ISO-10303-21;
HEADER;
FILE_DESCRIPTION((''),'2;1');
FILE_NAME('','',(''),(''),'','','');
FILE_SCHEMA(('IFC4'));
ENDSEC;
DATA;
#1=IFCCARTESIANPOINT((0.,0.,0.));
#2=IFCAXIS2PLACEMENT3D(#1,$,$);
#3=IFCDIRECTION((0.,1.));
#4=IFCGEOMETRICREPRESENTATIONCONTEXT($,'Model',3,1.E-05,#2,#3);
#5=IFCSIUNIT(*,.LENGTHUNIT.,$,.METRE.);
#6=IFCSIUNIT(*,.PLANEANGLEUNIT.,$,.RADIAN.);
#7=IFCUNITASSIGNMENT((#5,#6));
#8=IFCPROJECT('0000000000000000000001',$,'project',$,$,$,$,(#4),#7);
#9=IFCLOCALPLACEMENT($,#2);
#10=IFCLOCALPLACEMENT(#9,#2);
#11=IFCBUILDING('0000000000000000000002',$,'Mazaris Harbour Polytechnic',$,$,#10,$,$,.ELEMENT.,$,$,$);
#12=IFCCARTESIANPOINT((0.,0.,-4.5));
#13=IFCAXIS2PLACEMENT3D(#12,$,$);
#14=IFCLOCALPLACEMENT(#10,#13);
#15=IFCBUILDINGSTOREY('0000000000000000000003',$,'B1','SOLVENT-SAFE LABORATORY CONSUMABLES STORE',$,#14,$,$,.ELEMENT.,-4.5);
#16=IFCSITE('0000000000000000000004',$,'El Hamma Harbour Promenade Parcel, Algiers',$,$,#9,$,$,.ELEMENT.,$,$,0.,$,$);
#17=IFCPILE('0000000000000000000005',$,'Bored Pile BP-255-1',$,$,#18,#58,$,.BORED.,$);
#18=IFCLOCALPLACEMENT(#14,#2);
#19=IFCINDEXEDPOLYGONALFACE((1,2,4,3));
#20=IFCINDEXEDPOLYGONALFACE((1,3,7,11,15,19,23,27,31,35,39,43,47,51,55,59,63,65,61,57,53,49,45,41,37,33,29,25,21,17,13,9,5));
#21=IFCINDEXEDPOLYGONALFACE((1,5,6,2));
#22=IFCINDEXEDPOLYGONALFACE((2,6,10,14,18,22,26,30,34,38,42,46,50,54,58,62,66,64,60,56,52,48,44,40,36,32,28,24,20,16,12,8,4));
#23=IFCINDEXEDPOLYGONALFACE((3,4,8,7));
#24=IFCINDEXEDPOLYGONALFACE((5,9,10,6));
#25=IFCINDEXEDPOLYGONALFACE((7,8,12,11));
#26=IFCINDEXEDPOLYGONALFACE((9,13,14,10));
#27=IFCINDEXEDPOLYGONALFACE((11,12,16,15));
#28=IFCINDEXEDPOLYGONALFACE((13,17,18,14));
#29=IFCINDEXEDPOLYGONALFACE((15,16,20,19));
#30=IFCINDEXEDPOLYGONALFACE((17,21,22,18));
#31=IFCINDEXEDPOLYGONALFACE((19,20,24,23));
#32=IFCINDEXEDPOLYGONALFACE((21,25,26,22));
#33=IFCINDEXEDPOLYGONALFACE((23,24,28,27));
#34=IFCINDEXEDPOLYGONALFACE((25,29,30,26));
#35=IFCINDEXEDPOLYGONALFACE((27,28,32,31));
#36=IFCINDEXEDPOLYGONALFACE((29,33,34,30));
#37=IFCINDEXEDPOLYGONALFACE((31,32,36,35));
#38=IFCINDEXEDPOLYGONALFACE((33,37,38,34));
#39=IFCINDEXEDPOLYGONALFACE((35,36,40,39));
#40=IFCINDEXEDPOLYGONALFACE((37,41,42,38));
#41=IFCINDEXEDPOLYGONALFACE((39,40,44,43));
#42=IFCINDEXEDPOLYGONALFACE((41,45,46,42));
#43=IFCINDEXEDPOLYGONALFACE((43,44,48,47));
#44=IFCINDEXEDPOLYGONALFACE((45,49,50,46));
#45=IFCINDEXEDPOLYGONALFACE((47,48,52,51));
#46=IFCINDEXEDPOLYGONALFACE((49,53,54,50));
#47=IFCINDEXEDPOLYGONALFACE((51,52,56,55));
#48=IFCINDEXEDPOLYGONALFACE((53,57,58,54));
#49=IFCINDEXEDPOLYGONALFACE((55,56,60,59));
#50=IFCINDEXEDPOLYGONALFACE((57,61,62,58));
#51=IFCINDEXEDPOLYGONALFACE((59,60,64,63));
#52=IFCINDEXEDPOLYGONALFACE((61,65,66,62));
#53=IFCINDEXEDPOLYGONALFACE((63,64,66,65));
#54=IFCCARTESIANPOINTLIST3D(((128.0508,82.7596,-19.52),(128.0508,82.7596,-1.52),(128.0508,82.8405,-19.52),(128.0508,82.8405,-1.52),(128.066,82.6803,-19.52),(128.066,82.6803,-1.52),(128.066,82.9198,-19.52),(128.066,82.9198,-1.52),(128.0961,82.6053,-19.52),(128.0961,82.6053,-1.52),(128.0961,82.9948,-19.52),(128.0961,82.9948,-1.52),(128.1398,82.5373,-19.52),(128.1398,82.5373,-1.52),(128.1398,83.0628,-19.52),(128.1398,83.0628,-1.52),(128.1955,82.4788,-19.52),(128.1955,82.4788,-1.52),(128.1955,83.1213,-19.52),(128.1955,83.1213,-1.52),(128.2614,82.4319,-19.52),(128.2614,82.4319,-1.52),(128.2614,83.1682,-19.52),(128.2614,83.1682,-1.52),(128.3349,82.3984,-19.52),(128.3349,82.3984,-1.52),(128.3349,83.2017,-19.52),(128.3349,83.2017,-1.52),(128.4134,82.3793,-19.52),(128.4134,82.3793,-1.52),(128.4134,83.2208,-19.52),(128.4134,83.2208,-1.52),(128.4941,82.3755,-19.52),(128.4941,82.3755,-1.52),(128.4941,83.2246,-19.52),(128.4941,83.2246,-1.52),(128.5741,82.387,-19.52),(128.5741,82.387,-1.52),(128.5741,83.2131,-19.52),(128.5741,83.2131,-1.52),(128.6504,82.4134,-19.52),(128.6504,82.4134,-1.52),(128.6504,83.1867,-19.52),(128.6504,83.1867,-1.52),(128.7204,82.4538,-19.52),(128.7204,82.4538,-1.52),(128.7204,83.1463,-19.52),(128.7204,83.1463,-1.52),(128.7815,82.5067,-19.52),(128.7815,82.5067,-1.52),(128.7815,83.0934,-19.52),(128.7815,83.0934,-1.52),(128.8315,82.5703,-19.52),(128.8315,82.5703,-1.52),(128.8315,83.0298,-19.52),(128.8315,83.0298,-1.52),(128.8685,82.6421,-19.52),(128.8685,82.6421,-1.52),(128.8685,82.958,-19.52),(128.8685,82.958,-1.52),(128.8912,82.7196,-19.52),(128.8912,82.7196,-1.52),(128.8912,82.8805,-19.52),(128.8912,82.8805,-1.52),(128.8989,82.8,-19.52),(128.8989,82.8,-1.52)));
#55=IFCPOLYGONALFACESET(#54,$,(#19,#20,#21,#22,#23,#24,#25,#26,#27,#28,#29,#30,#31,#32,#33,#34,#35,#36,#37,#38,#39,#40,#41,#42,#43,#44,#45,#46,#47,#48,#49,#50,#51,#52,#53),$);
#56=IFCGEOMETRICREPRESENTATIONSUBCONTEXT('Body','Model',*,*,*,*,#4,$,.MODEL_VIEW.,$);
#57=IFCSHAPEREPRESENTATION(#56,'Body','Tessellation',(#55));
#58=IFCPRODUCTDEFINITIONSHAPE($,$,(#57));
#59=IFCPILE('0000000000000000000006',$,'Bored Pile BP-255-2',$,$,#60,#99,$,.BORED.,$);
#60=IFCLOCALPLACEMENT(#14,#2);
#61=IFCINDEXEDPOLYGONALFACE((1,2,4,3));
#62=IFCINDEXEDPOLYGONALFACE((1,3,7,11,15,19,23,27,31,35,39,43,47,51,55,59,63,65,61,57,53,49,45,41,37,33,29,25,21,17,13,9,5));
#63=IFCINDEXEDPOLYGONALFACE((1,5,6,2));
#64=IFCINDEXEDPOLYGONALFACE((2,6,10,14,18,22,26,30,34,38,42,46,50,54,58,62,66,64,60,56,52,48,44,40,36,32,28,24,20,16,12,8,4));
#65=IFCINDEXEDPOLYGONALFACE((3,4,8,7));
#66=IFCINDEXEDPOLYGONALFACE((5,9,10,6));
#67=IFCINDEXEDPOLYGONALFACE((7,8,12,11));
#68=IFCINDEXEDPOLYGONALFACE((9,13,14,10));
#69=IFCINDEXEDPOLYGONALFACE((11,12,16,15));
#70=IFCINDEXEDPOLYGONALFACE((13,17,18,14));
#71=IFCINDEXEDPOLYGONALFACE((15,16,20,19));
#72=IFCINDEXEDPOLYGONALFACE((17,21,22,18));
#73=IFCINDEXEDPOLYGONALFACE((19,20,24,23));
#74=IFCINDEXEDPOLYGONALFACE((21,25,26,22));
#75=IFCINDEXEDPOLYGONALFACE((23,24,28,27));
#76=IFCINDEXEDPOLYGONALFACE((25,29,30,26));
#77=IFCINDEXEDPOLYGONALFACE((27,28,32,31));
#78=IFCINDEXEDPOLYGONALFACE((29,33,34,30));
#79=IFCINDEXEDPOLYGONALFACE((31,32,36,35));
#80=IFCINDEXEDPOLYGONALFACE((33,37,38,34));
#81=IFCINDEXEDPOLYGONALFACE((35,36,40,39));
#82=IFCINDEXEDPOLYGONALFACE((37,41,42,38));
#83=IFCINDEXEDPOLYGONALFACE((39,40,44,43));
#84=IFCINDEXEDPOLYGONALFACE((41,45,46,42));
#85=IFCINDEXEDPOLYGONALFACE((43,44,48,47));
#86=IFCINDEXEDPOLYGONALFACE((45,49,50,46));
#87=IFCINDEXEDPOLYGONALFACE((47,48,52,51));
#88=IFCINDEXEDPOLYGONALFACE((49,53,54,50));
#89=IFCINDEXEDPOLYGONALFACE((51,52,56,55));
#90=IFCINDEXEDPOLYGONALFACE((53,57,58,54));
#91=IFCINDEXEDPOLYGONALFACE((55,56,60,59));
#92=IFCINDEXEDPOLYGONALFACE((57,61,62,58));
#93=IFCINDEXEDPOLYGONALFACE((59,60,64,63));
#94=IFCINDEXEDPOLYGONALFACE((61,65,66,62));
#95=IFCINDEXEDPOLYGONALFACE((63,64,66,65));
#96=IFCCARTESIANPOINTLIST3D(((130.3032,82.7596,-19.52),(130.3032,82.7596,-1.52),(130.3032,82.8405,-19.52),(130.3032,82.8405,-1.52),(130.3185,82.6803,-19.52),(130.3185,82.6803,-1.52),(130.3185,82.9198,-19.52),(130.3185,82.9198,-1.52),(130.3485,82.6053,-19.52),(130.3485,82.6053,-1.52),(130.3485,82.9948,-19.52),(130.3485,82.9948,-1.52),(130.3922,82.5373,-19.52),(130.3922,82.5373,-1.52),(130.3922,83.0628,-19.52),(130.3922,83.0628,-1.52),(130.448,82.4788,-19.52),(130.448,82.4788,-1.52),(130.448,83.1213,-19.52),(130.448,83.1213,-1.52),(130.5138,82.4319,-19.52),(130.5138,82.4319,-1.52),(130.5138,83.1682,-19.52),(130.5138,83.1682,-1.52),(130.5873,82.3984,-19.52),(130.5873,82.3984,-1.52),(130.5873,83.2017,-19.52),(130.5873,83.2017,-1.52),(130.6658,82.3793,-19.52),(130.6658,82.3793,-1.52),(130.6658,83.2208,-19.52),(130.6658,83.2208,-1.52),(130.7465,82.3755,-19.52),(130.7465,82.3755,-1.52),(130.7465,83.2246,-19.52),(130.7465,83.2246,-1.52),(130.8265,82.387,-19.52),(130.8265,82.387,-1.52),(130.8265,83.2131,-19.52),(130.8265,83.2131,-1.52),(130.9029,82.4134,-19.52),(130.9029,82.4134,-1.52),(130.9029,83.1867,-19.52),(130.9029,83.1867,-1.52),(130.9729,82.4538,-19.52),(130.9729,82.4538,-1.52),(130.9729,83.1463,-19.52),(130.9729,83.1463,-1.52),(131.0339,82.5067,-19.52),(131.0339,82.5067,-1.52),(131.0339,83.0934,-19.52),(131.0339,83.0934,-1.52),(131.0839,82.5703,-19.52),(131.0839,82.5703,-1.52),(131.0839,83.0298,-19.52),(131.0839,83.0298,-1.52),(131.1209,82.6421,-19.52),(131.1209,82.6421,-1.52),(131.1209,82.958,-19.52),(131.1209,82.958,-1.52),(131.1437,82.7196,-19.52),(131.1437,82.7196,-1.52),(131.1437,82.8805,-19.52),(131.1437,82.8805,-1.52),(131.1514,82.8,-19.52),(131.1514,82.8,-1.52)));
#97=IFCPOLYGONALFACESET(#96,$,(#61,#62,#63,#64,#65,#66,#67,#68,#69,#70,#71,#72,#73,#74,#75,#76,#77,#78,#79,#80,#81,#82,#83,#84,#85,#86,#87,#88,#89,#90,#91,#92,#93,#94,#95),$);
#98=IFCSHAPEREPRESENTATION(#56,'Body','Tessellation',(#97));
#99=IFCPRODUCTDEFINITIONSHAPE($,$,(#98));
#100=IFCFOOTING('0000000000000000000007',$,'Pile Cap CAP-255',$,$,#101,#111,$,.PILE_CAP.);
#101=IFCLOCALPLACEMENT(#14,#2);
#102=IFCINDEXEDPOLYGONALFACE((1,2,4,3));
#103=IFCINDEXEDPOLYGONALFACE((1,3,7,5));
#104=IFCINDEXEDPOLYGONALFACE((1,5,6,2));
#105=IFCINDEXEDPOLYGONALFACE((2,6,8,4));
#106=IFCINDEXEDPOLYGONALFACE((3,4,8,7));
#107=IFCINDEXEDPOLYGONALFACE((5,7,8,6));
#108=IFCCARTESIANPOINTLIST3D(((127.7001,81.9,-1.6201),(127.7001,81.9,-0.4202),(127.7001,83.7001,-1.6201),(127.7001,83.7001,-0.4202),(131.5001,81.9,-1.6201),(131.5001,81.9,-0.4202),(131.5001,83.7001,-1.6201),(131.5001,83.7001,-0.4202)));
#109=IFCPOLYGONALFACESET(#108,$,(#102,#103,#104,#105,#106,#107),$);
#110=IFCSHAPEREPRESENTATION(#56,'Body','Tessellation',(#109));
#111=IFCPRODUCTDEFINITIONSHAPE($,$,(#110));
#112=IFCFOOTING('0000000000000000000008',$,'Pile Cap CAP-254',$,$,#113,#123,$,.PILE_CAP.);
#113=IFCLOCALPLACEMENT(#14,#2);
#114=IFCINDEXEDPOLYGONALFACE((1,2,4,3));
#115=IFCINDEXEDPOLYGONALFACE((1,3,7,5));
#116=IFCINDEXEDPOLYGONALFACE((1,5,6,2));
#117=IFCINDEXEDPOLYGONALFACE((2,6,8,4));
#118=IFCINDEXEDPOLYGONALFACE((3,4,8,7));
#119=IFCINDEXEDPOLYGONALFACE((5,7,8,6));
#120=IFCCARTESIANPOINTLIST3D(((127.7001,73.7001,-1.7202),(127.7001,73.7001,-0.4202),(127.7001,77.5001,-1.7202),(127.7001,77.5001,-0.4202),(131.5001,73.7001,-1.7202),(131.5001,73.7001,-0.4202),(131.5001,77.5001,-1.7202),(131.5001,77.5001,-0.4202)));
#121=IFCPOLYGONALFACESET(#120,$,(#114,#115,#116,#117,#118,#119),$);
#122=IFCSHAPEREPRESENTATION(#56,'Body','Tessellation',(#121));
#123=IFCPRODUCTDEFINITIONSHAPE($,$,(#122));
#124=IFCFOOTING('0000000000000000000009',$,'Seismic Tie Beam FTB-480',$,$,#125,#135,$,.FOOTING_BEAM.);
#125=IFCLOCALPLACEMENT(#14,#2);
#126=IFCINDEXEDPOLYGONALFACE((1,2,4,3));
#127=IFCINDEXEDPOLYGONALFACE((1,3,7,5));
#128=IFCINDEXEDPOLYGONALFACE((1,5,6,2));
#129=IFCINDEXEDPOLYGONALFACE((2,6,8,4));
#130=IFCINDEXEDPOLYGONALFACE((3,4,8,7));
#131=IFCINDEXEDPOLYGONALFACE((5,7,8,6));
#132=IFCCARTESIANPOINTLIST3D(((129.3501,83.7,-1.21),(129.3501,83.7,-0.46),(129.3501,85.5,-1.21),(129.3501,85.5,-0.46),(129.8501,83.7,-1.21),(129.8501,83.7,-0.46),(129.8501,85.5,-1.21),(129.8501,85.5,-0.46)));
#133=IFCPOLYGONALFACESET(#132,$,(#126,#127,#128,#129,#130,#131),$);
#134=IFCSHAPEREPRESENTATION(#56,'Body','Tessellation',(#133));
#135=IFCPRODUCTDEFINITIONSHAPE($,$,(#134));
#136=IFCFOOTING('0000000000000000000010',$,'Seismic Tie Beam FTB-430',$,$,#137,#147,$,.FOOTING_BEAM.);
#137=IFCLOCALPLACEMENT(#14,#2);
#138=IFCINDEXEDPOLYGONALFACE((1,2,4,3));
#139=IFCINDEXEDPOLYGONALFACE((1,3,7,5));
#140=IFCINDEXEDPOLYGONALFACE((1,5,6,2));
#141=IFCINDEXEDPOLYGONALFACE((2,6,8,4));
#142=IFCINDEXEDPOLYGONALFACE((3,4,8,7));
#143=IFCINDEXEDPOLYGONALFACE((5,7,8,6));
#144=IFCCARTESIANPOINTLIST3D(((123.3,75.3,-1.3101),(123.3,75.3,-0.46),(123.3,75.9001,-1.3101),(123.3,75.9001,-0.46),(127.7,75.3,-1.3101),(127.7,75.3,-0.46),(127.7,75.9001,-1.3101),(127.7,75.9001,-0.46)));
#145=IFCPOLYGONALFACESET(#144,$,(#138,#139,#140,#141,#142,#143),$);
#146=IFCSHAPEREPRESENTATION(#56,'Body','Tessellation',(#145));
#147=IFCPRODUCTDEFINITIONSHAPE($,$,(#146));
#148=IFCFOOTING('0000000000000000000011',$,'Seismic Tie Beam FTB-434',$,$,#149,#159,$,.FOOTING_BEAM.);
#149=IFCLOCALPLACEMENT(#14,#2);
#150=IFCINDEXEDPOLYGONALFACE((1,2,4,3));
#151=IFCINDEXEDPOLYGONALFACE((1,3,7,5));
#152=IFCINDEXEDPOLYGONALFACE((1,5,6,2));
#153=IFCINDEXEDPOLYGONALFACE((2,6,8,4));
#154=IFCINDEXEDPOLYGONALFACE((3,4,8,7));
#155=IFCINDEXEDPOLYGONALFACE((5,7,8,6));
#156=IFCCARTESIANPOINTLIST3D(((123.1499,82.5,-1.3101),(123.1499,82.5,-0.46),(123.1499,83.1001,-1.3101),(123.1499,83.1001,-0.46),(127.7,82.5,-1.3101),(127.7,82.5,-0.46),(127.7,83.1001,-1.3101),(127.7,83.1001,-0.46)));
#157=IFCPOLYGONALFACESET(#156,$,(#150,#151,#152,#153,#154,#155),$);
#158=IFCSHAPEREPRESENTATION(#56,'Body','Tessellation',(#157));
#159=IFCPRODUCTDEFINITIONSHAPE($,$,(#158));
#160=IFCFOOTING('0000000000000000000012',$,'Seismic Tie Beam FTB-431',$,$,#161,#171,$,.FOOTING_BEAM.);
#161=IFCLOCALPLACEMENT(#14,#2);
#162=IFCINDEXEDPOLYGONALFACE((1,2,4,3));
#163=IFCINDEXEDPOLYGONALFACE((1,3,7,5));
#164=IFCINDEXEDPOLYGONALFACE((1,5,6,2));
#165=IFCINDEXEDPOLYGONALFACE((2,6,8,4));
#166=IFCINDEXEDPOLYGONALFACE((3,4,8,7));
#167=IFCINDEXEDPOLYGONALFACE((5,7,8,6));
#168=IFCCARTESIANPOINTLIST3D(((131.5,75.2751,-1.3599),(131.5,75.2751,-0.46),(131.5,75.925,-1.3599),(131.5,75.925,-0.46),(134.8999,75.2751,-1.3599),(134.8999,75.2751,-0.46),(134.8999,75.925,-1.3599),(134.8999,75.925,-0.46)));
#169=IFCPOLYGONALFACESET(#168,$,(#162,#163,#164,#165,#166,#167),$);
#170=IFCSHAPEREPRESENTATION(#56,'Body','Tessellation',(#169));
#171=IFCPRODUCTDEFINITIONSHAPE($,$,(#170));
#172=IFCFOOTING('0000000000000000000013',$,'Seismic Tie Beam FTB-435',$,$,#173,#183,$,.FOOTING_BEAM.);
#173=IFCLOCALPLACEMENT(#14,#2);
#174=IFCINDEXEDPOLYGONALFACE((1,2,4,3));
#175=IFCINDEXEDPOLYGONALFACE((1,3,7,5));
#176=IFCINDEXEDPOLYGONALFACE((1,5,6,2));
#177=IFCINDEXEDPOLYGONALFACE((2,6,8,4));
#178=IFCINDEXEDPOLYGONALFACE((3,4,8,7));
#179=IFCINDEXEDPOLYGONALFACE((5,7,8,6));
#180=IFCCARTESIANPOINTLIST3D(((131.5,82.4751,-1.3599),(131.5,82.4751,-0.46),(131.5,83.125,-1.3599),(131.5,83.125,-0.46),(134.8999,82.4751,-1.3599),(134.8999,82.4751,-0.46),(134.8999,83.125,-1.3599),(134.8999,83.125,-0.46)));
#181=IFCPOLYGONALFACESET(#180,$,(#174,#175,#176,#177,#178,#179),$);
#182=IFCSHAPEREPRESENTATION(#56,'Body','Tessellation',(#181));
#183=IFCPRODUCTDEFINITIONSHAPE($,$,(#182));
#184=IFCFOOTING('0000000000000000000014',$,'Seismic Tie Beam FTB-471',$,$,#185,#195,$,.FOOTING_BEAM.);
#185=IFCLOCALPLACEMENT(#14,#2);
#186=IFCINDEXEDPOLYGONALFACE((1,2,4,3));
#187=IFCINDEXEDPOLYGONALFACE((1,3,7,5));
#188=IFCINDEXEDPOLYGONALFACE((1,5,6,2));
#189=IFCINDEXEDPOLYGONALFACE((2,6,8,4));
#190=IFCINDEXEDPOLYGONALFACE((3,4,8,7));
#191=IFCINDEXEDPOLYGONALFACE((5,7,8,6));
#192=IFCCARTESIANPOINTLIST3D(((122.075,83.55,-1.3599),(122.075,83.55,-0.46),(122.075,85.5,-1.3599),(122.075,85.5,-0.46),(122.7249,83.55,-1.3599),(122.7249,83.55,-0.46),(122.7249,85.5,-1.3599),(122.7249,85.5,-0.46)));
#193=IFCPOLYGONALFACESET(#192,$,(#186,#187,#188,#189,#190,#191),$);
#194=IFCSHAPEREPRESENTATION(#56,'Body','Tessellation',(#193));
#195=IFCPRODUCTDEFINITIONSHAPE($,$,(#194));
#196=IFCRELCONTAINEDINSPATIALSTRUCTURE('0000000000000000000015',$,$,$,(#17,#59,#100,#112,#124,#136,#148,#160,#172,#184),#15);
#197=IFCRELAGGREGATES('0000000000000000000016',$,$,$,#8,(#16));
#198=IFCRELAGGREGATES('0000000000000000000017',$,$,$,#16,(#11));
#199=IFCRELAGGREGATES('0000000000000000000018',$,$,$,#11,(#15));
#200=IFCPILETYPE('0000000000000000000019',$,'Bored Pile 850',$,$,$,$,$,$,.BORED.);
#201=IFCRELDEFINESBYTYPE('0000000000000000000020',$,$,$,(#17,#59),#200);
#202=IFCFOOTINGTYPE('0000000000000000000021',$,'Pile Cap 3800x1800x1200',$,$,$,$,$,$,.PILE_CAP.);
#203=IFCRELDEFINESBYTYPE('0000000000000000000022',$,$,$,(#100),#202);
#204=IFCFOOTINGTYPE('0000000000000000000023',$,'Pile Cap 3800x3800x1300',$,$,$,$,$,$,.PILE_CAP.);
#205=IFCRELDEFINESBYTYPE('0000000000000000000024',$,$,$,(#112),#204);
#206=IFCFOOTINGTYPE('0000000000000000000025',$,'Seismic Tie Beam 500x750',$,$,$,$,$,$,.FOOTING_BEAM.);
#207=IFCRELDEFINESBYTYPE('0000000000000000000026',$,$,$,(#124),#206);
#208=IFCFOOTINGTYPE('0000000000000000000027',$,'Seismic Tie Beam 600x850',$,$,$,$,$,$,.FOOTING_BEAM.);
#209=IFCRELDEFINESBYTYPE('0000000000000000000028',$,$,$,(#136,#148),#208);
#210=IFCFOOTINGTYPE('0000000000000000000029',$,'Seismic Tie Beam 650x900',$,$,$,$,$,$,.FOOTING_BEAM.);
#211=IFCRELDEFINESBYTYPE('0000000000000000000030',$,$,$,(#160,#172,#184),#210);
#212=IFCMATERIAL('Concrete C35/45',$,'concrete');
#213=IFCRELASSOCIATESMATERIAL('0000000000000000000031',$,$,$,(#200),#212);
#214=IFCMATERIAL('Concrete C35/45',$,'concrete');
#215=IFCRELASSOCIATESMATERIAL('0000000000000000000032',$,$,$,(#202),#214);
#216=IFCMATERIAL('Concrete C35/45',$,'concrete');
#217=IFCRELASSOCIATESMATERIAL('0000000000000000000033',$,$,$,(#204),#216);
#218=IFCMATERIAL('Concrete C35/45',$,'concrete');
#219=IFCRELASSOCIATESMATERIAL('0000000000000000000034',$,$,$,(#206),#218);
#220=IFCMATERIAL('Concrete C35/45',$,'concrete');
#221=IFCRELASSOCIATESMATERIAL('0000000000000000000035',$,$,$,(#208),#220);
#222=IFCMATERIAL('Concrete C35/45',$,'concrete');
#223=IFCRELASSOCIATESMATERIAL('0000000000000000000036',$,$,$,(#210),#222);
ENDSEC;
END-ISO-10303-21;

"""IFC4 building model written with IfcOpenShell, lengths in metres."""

from ifc_helpers import new_model, si_unit, direction, frame, origin, origin_2d, place, context, subcontext, project, spatial, rectangle, circle, extrude, material, material_profile, profile_set, type_object, element, save


model = new_model("IFC4")

# Units and contexts
model_context = context("Model", 3, precision=1e-05, world=origin(), true_north=direction((0.0, 1.0)))
body_context = subcontext(model_context, "Body", "Model", "MODEL_VIEW")
ifc_project = project(units=[si_unit("LENGTHUNIT", "METRE"), si_unit("PLANEANGLEUNIT", "RADIAN")], contexts=[model_context])

# Site, building, storey
site_placement = place(None, origin())
site = spatial("IfcSite", under=ifc_project, at=site_placement, Name="El Hamma Harbour Promenade Parcel, Algiers", CompositionType="ELEMENT", RefElevation=0.0)
building_placement = place(site_placement, origin())
building = spatial("IfcBuilding", under=site, at=building_placement, Name="Mazaris Harbour Polytechnic", CompositionType="ELEMENT")
storey_placement = place(building_placement, frame((0.0, 0.0, -4.5)))
storey = spatial("IfcBuildingStorey", under=building, at=storey_placement, Name="B1", Description="SOLVENT-SAFE LABORATORY CONSUMABLES STORE", CompositionType="ELEMENT", Elevation=-4.5)

# Piles
ifc_material_1 = material(Name="Concrete C35/45", Category="concrete")
ifc_material_profile_1 = material_profile(ifc_material_1, circle(Radius=0.425, at=origin_2d()), Name="DIA850")
ifc_profile_set_1 = profile_set([ifc_material_profile_1], Name="Concrete C35/45")
pile_type = type_object("IfcPileType", Name="Bored Pile 850", PredefinedType="BORED", material=ifc_profile_set_1)
for number, where, z_axis, x_axis, name in (
    (1, (128.4739, 82.8, -1.52), (0.0, 0.0, -1.0), (1.0, 0.0, 0.0), "Bored Pile BP-255-1"),
    (2, (130.7263, 82.8, -1.52), (0.0, 0.0, -1.0), (1.0, 0.0, 0.0), "Bored Pile BP-255-2"),
):
    element("IfcPile", number, at=place(storey_placement, frame(where, z_axis=z_axis, x_axis=x_axis)), inside=storey, type_object=pile_type, Name=name, PredefinedType="BORED", context=body_context, shape_type="SweptSolid", body=[
        extrude(circle(Radius=0.425, at=origin_2d()), origin(), (0.0, 0.0, 1.0), 18.0),
    ])

# Footings
ifc_material_2 = material(Name="Concrete C35/45", Category="concrete")
footing_type_1 = type_object("IfcFootingType", Name="Pile Cap 3800x1800x1200", PredefinedType="PILE_CAP", material=ifc_material_2)
footing_1_placement = place(storey_placement, frame((129.6001, 82.8, -1.6201), z_axis=(0.0, 0.0, 1.0), x_axis=(1.0, 0.0, 0.0)))
element("IfcFooting", 3, at=footing_1_placement, inside=storey, type_object=footing_type_1, Name="Pile Cap CAP-255", PredefinedType="PILE_CAP", context=body_context, shape_type="SweptSolid", body=[
    extrude(rectangle(XDim=3.8, YDim=1.8, at=origin_2d()), origin(), (0.0, 0.0, 1.0), 1.2),
])
ifc_material_3 = material(Name="Concrete C35/45", Category="concrete")
footing_type_2 = type_object("IfcFootingType", Name="Pile Cap 3800x3800x1300", PredefinedType="PILE_CAP", material=ifc_material_3)
footing_2_placement = place(storey_placement, frame((129.6001, 75.6001, -1.7202), z_axis=(0.0, 0.0, 1.0), x_axis=(1.0, 0.0, 0.0)))
element("IfcFooting", 4, at=footing_2_placement, inside=storey, type_object=footing_type_2, Name="Pile Cap CAP-254", PredefinedType="PILE_CAP", context=body_context, shape_type="SweptSolid", body=[
    extrude(rectangle(XDim=3.8, YDim=3.8, at=origin_2d()), origin(), (0.0, 0.0, 1.0), 1.3),
])
ifc_material_4 = material(Name="Concrete C35/45", Category="concrete")
ifc_material_profile_2 = material_profile(ifc_material_4, rectangle(XDim=0.5, YDim=0.75, at=origin_2d()), Name="RECT500x750")
ifc_profile_set_2 = profile_set([ifc_material_profile_2], Name="Concrete C35/45")
footing_type_3 = type_object("IfcFootingType", Name="Seismic Tie Beam 500x750", PredefinedType="FOOTING_BEAM", material=ifc_profile_set_2)
footing_3_placement = place(storey_placement, frame((129.6001, 83.7, -0.835), z_axis=(0.0, 1.0, 0.0), x_axis=(-1.0, 0.0, 0.0)))
element("IfcFooting", 5, at=footing_3_placement, inside=storey, type_object=footing_type_3, Name="Seismic Tie Beam FTB-480", PredefinedType="FOOTING_BEAM", context=body_context, shape_type="SweptSolid", body=[
    extrude(rectangle(XDim=0.5, YDim=0.75, at=origin_2d()), origin(), (0.0, 0.0, 1.0), 1.8),
])
ifc_material_5 = material(Name="Concrete C35/45", Category="concrete")
ifc_material_profile_3 = material_profile(ifc_material_5, rectangle(XDim=0.6001, YDim=0.8501, at=origin_2d()), Name="RECT600x850")
ifc_profile_set_3 = profile_set([ifc_material_profile_3], Name="Concrete C35/45")
footing_type_4 = type_object("IfcFootingType", Name="Seismic Tie Beam 600x850", PredefinedType="FOOTING_BEAM", material=ifc_profile_set_3)
footing_4_placement = place(storey_placement, frame((123.3, 75.6001, -0.885), z_axis=(1.0, 0.0, 0.0), x_axis=(0.0, 1.0, 0.0)))
element("IfcFooting", 6, at=footing_4_placement, inside=storey, type_object=footing_type_4, Name="Seismic Tie Beam FTB-430", PredefinedType="FOOTING_BEAM", context=body_context, shape_type="SweptSolid", body=[
    extrude(rectangle(XDim=0.6001, YDim=0.8501, at=origin_2d()), origin(), (0.0, 0.0, 1.0), 4.3999),
])
footing_5_placement = place(storey_placement, frame((123.1499, 82.8, -0.885), z_axis=(1.0, 0.0, 0.0), x_axis=(0.0, 1.0, 0.0)))
element("IfcFooting", 7, at=footing_5_placement, inside=storey, type_object=footing_type_4, Name="Seismic Tie Beam FTB-434", PredefinedType="FOOTING_BEAM", context=body_context, shape_type="SweptSolid", body=[
    extrude(rectangle(XDim=0.6001, YDim=0.8501, at=origin_2d()), origin(), (0.0, 0.0, 1.0), 4.55),
])
ifc_material_6 = material(Name="Concrete C35/45", Category="concrete")
ifc_material_profile_4 = material_profile(ifc_material_6, rectangle(XDim=0.6499, YDim=0.8999, at=origin_2d()), Name="RECT650x900")
ifc_profile_set_4 = profile_set([ifc_material_profile_4], Name="Concrete C35/45")
footing_type_5 = type_object("IfcFootingType", Name="Seismic Tie Beam 650x900", PredefinedType="FOOTING_BEAM", material=ifc_profile_set_4)
for number, where, z_axis, x_axis, name in (
    (8, (131.5, 75.6001, -0.9099), (1.0, 0.0, 0.0), (0.0, 1.0, 0.0), "Seismic Tie Beam FTB-431"),
    (9, (131.5, 82.8, -0.9099), (1.0, 0.0, 0.0), (0.0, 1.0, 0.0), "Seismic Tie Beam FTB-435"),
):
    element("IfcFooting", number, at=place(storey_placement, frame(where, z_axis=z_axis, x_axis=x_axis)), inside=storey, type_object=footing_type_5, Name=name, PredefinedType="FOOTING_BEAM", context=body_context, shape_type="SweptSolid", body=[
        extrude(rectangle(XDim=0.6499, YDim=0.8999, at=origin_2d()), origin(), (0.0, 0.0, 1.0), 3.3999),
    ])
footing_6_placement = place(storey_placement, frame((122.3999, 83.55, -0.9099), z_axis=(0.0, 1.0, 0.0), x_axis=(-1.0, 0.0, 0.0)))
element("IfcFooting", 10, at=footing_6_placement, inside=storey, type_object=footing_type_5, Name="Seismic Tie Beam FTB-471", PredefinedType="FOOTING_BEAM", context=body_context, shape_type="SweptSolid", body=[
    extrude(rectangle(XDim=0.6499, YDim=0.8999, at=origin_2d()), origin(), (0.0, 0.0, 1.0), 1.95),
])

save(model, "model.ifc")
